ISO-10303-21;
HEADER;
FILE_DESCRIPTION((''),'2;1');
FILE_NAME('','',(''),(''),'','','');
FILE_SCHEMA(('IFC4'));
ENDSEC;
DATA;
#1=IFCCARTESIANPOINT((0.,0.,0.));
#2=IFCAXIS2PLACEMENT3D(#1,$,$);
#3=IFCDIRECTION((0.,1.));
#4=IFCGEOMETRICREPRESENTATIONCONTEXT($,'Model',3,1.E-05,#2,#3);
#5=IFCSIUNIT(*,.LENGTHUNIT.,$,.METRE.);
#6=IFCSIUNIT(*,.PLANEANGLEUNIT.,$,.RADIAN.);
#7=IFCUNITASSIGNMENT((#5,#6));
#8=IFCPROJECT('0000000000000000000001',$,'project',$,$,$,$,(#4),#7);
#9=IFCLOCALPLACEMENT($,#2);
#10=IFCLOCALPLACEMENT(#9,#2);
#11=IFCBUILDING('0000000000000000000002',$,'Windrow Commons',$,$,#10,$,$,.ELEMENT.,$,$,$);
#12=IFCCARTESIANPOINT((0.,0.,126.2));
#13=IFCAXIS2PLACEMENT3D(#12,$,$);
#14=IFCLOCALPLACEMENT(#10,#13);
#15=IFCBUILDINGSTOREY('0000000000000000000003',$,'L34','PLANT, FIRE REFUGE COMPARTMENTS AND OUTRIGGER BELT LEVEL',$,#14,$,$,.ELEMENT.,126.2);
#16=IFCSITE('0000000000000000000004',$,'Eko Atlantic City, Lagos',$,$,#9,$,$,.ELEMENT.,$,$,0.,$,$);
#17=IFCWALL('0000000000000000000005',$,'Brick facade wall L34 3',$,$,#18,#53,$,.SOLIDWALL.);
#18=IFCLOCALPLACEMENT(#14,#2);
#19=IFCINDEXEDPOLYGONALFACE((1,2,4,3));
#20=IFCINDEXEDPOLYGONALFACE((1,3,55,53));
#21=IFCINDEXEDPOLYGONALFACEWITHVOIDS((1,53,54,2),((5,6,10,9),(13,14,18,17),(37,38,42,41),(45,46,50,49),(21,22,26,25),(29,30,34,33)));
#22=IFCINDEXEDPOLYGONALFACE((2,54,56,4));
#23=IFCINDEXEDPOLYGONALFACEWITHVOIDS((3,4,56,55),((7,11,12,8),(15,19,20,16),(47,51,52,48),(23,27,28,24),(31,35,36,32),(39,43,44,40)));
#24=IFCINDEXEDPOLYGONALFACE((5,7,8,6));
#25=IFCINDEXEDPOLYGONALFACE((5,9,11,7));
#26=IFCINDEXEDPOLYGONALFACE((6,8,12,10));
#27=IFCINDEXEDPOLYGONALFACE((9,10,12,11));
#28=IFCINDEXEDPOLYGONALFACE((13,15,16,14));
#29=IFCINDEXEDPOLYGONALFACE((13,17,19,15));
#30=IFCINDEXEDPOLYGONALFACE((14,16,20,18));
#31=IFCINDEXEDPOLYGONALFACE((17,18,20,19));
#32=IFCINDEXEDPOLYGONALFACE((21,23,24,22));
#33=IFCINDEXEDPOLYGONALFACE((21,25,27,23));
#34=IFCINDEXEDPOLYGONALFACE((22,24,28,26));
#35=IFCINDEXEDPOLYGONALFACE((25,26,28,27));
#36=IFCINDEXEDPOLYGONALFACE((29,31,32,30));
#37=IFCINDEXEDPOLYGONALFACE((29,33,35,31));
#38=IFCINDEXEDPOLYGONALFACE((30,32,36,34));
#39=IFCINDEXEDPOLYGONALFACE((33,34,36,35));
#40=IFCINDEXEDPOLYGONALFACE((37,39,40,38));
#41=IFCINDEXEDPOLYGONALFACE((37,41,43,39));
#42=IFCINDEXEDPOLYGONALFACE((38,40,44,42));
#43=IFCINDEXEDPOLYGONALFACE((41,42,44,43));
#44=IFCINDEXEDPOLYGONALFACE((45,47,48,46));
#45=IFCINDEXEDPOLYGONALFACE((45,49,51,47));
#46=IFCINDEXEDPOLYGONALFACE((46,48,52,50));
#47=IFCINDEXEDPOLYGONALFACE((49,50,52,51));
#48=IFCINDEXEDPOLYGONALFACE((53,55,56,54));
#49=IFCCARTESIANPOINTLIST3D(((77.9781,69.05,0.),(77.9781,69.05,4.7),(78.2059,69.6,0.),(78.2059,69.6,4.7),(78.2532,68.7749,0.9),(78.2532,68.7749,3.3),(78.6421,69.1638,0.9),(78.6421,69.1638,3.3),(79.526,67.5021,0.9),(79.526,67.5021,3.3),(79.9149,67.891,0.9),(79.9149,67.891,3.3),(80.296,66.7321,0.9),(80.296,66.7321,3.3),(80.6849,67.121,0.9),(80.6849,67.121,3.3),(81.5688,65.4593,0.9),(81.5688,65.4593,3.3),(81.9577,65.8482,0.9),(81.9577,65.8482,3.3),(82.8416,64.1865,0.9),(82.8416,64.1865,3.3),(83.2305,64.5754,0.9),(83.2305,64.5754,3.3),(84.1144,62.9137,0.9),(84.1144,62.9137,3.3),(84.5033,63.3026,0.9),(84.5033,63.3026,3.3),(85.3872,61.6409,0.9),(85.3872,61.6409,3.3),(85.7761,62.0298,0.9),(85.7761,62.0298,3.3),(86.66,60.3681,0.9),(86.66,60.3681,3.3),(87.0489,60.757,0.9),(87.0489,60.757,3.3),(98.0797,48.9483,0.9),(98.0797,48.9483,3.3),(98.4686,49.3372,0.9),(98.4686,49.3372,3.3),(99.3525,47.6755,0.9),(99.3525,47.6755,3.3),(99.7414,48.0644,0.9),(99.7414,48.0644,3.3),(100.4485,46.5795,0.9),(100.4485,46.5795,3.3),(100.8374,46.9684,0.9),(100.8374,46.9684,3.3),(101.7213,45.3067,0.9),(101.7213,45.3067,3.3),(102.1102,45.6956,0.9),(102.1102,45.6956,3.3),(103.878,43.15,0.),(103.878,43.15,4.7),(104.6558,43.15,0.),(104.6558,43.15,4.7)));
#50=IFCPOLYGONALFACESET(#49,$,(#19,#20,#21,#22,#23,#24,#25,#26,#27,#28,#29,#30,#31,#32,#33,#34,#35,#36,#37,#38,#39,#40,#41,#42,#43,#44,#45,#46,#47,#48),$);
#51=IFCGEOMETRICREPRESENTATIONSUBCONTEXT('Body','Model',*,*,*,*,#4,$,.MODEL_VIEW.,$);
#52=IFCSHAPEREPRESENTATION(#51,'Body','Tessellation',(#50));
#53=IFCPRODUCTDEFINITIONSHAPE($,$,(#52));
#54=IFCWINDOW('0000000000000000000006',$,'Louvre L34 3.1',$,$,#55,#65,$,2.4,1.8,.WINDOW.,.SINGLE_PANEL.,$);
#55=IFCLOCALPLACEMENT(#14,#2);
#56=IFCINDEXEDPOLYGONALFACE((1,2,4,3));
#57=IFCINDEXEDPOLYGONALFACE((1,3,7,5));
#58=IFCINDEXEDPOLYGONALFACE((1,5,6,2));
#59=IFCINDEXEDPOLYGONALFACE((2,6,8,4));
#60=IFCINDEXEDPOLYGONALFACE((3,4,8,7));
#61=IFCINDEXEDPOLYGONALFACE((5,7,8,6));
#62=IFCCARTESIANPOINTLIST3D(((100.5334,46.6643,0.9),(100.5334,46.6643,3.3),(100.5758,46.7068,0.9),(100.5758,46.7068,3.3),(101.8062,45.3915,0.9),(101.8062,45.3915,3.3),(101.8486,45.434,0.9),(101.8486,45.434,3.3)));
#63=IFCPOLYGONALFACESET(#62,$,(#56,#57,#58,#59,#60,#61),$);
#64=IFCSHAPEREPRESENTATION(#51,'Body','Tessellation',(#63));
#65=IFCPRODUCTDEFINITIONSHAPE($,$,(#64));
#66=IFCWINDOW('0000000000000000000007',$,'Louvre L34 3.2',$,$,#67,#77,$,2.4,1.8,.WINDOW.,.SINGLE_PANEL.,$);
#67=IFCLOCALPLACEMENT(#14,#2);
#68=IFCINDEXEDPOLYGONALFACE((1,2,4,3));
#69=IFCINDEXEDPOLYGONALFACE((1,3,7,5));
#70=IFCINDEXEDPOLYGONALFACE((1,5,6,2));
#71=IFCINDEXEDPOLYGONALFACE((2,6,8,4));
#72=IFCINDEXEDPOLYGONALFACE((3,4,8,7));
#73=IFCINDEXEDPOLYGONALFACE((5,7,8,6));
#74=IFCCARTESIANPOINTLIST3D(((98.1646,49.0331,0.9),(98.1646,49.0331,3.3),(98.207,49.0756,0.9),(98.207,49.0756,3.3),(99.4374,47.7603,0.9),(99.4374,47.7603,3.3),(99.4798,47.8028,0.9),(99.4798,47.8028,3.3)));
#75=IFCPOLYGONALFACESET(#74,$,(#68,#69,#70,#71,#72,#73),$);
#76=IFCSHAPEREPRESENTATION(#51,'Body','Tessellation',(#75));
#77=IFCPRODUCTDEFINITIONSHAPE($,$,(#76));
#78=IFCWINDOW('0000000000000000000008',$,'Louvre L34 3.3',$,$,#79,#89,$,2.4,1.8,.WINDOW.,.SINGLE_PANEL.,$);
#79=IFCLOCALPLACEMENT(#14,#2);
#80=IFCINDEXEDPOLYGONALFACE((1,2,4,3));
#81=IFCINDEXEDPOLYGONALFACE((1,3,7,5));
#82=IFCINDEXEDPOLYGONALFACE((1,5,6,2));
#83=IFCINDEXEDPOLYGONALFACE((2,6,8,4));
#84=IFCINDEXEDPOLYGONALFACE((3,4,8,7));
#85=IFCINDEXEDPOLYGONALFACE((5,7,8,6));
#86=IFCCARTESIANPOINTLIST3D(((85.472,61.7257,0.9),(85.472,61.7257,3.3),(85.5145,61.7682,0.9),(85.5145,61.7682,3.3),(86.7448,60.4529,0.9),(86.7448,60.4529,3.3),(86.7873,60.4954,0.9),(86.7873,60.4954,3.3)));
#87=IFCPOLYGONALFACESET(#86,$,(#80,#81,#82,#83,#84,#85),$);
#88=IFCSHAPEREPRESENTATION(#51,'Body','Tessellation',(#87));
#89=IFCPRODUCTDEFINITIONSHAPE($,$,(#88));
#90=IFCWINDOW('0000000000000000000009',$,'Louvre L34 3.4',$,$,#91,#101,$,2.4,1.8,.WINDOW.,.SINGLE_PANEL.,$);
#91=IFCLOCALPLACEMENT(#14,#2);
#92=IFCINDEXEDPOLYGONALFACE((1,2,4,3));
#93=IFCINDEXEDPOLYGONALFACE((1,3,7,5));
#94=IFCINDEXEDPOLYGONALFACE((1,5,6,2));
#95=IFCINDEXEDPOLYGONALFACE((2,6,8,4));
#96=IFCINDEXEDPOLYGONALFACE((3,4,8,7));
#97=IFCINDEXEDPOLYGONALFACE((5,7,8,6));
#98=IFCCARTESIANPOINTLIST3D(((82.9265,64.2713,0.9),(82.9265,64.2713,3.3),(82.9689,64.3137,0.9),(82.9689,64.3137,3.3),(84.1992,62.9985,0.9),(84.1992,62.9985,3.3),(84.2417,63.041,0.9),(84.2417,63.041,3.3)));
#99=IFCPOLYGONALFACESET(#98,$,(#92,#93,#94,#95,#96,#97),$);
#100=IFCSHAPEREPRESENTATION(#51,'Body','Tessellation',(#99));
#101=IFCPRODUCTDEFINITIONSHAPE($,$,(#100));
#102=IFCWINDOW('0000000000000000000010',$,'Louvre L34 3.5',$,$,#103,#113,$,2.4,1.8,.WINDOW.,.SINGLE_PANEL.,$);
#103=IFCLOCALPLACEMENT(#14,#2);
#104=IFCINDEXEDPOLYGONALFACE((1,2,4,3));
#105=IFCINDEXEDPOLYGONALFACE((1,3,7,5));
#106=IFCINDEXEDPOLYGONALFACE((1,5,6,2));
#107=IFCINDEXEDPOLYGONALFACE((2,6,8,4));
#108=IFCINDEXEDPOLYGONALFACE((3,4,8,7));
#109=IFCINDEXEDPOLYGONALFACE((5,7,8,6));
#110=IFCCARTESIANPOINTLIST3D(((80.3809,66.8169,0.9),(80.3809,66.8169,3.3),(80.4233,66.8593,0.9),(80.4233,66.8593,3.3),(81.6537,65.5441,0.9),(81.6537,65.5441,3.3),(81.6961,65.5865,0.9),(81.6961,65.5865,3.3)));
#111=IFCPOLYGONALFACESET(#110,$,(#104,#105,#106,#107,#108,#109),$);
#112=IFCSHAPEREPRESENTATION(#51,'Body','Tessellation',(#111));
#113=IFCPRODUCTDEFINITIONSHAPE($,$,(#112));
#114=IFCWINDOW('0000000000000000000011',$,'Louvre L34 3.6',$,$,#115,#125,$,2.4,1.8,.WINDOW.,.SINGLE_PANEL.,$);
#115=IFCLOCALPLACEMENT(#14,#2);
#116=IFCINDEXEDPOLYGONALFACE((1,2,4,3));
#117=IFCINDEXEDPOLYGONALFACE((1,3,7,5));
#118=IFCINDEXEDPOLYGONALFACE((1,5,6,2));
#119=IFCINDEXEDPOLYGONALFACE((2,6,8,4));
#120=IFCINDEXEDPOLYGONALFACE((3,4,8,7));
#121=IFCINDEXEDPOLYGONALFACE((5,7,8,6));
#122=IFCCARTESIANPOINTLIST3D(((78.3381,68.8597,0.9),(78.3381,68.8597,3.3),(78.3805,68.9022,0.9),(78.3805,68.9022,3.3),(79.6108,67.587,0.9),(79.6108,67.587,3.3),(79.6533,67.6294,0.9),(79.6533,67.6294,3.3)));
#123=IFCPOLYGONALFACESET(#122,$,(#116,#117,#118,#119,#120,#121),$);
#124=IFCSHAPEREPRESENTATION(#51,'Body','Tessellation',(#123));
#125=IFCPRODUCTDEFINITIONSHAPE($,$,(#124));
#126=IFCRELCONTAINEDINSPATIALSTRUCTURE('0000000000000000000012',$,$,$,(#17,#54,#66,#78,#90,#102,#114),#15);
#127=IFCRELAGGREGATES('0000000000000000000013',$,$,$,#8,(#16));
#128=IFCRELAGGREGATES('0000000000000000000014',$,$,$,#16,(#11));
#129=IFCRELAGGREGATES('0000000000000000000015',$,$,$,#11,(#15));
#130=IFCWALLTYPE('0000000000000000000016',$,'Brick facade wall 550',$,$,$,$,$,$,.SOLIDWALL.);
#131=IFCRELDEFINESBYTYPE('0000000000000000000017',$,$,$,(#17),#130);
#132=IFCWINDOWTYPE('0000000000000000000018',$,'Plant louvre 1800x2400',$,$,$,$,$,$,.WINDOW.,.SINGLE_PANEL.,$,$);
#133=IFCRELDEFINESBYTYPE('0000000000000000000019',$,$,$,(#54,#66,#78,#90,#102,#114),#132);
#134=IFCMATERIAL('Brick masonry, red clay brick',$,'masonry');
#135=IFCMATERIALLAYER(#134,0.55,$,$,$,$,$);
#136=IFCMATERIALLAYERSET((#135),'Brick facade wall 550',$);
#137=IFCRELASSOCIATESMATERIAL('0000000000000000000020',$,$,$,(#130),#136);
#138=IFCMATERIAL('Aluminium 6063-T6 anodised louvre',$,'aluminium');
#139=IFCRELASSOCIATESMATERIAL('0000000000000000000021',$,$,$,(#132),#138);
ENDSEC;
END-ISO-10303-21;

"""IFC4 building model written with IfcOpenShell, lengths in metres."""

from ifc_helpers import new_model, si_unit, direction, frame, frame_2d, origin, place, context, subcontext, project, spatial, polyline, rectangle, outline, extrude, material, layer, layer_set, type_object, element, fill, save


model = new_model("IFC4")

# Units and contexts
model_context = context("Model", 3, precision=1e-05, world=origin(), true_north=direction((0.0, 1.0)))
body_context = subcontext(model_context, "Body", "Model", "MODEL_VIEW")
ifc_project = project(units=[si_unit("LENGTHUNIT", "METRE"), si_unit("PLANEANGLEUNIT", "RADIAN")], contexts=[model_context])

# Site, building, storey
site_placement = place(None, origin())
site = spatial("IfcSite", under=ifc_project, at=site_placement, Name="Eko Atlantic City, Lagos", CompositionType="ELEMENT", RefElevation=0.0)
building_placement = place(site_placement, origin())
building = spatial("IfcBuilding", under=site, at=building_placement, Name="Windrow Commons", CompositionType="ELEMENT")
storey_placement = place(building_placement, frame((0.0, 0.0, 126.2)))
storey = spatial("IfcBuildingStorey", under=building, at=storey_placement, Name="L34", Description="PLANT, FIRE REFUGE COMPARTMENTS AND OUTRIGGER BELT LEVEL", CompositionType="ELEMENT", Elevation=126.2)

# Shared definitions
ifc_material_1 = material(Name="Brick masonry, red clay brick", Category="masonry")
ifc_layer_1 = layer(ifc_material_1, 0.55)
ifc_layer_set_1 = layer_set([ifc_layer_1], Name="Brick facade wall 550")
wall_type_1 = type_object("IfcWallType", Name="Brick facade wall 550", PredefinedType="SOLIDWALL", material=ifc_layer_set_1)

# Wall, openings, windows
wall_1_placement = place(storey_placement, frame((104.2669, 43.15, 0.0), z_axis=(0.0, 0.0, 1.0), x_axis=(-0.707105, 0.707108, 0.0)))
wall_1 = element("IfcWall", 1, at=wall_1_placement, inside=storey, type_object=wall_type_1, Name="Brick facade wall L34 3", PredefinedType="SOLIDWALL", context=body_context, shape_type="SweptSolid", body=[
    extrude(outline(polyline([(-0.275, -0.275), (37.1309, -0.275), (36.9031, 0.275), (0.275, 0.275), (-0.275, -0.275)])), origin(), (0.0, 0.0, 1.0), 4.7),
])
opening_1_placement = place(wall_1_placement, frame((3.325, 0.0, 0.9)))
opening_1 = element("IfcOpeningElement", 2, at=opening_1_placement, cuts=wall_1, PredefinedType="OPENING", context=body_context, shape_type="SweptSolid", body=[
    extrude(rectangle(XDim=1.8, YDim=2.4, at=frame_2d((0.9, 1.2))), frame((0.0, 0.285, 0.0), z_axis=(0.0, -1.0, 0.0), x_axis=(1.0, 0.0, 0.0)), (0.0, 0.0, 1.0), 0.57),
])
opening_2_placement = place(wall_1_placement, frame((6.675, 0.0, 0.9)))
opening_2 = element("IfcOpeningElement", 3, at=opening_2_placement, cuts=wall_1, PredefinedType="OPENING", context=body_context, shape_type="SweptSolid", body=[
    extrude(rectangle(XDim=1.8, YDim=2.4, at=frame_2d((0.9, 1.2))), frame((0.0, 0.285, 0.0), z_axis=(0.0, -1.0, 0.0), x_axis=(1.0, 0.0, 0.0)), (0.0, 0.0, 1.0), 0.57),
])
opening_3_placement = place(wall_1_placement, frame((24.625, 0.0, 0.9)))
opening_3 = element("IfcOpeningElement", 4, at=opening_3_placement, cuts=wall_1, PredefinedType="OPENING", context=body_context, shape_type="SweptSolid", body=[
    extrude(rectangle(XDim=1.8, YDim=2.4, at=frame_2d((0.9, 1.2))), frame((0.0, 0.285, 0.0), z_axis=(0.0, -1.0, 0.0), x_axis=(1.0, 0.0, 0.0)), (0.0, 0.0, 1.0), 0.57),
])
opening_4_placement = place(wall_1_placement, frame((28.225, 0.0, 0.9)))
opening_4 = element("IfcOpeningElement", 5, at=opening_4_placement, cuts=wall_1, PredefinedType="OPENING", context=body_context, shape_type="SweptSolid", body=[
    extrude(rectangle(XDim=1.8, YDim=2.4, at=frame_2d((0.9, 1.2))), frame((0.0, 0.285, 0.0), z_axis=(0.0, -1.0, 0.0), x_axis=(1.0, 0.0, 0.0)), (0.0, 0.0, 1.0), 0.57),
])
opening_5_placement = place(wall_1_placement, frame((31.825, 0.0, 0.9)))
opening_5 = element("IfcOpeningElement", 6, at=opening_5_placement, cuts=wall_1, PredefinedType="OPENING", context=body_context, shape_type="SweptSolid", body=[
    extrude(rectangle(XDim=1.8, YDim=2.4, at=frame_2d((0.9, 1.2))), frame((0.0, 0.285, 0.0), z_axis=(0.0, -1.0, 0.0), x_axis=(1.0, 0.0, 0.0)), (0.0, 0.0, 1.0), 0.57),
])
opening_6_placement = place(wall_1_placement, frame((34.714, 0.0, 0.9)))
opening_6 = element("IfcOpeningElement", 7, at=opening_6_placement, cuts=wall_1, PredefinedType="OPENING", context=body_context, shape_type="SweptSolid", body=[
    extrude(rectangle(XDim=1.8, YDim=2.4, at=frame_2d((0.9, 1.2))), frame((0.0, 0.285, 0.0), z_axis=(0.0, -1.0, 0.0), x_axis=(1.0, 0.0, 0.0)), (0.0, 0.0, 1.0), 0.57),
])
ifc_material_2 = material(Name="Aluminium 6063-T6 anodised louvre", Category="aluminium")
window_type = type_object("IfcWindowType", Name="Plant louvre 1800x2400", PartitioningType="SINGLE_PANEL", PredefinedType="WINDOW", material=ifc_material_2)
window_1_placement = place(opening_1_placement, origin())
window_1 = element("IfcWindow", 8, at=window_1_placement, inside=storey, type_object=window_type, Name="Louvre L34 3.1", OverallHeight=2.4, OverallWidth=1.8, PartitioningType="SINGLE_PANEL", PredefinedType="WINDOW", context=body_context, shape_type="SweptSolid", body=[
    extrude(rectangle(XDim=1.8, YDim=2.4, at=frame_2d((0.9, 1.2))), frame((0.0, 0.155, 0.0), z_axis=(0.0, -1.0, 0.0), x_axis=(1.0, 0.0, 0.0)), (0.0, 0.0, 1.0), 0.06),
])
fill(opening_1, window_1)
window_2_placement = place(opening_2_placement, origin())
window_2 = element("IfcWindow", 9, at=window_2_placement, inside=storey, type_object=window_type, Name="Louvre L34 3.2", OverallHeight=2.4, OverallWidth=1.8, PartitioningType="SINGLE_PANEL", PredefinedType="WINDOW", context=body_context, shape_type="SweptSolid", body=[
    extrude(rectangle(XDim=1.8, YDim=2.4, at=frame_2d((0.9, 1.2))), frame((0.0, 0.155, 0.0), z_axis=(0.0, -1.0, 0.0), x_axis=(1.0, 0.0, 0.0)), (0.0, 0.0, 1.0), 0.06),
])
fill(opening_2, window_2)
window_3_placement = place(opening_3_placement, origin())
window_3 = element("IfcWindow", 10, at=window_3_placement, inside=storey, type_object=window_type, Name="Louvre L34 3.3", OverallHeight=2.4, OverallWidth=1.8, PartitioningType="SINGLE_PANEL", PredefinedType="WINDOW", context=body_context, shape_type="SweptSolid", body=[
    extrude(rectangle(XDim=1.8, YDim=2.4, at=frame_2d((0.9, 1.2))), frame((0.0, 0.155, 0.0), z_axis=(0.0, -1.0, 0.0), x_axis=(1.0, 0.0, 0.0)), (0.0, 0.0, 1.0), 0.06),
])
fill(opening_3, window_3)
window_4_placement = place(opening_4_placement, origin())
window_4 = element("IfcWindow", 11, at=window_4_placement, inside=storey, type_object=window_type, Name="Louvre L34 3.4", OverallHeight=2.4, OverallWidth=1.8, PartitioningType="SINGLE_PANEL", PredefinedType="WINDOW", context=body_context, shape_type="SweptSolid", body=[
    extrude(rectangle(XDim=1.8, YDim=2.4, at=frame_2d((0.9, 1.2))), frame((0.0, 0.155, 0.0), z_axis=(0.0, -1.0, 0.0), x_axis=(1.0, 0.0, 0.0)), (0.0, 0.0, 1.0), 0.06),
])
fill(opening_4, window_4)
window_5_placement = place(opening_5_placement, origin())
window_5 = element("IfcWindow", 12, at=window_5_placement, inside=storey, type_object=window_type, Name="Louvre L34 3.5", OverallHeight=2.4, OverallWidth=1.8, PartitioningType="SINGLE_PANEL", PredefinedType="WINDOW", context=body_context, shape_type="SweptSolid", body=[
    extrude(rectangle(XDim=1.8, YDim=2.4, at=frame_2d((0.9, 1.2))), frame((0.0, 0.155, 0.0), z_axis=(0.0, -1.0, 0.0), x_axis=(1.0, 0.0, 0.0)), (0.0, 0.0, 1.0), 0.06),
])
fill(opening_5, window_5)
window_6_placement = place(opening_6_placement, origin())
window_6 = element("IfcWindow", 13, at=window_6_placement, inside=storey, type_object=window_type, Name="Louvre L34 3.6", OverallHeight=2.4, OverallWidth=1.8, PartitioningType="SINGLE_PANEL", PredefinedType="WINDOW", context=body_context, shape_type="SweptSolid", body=[
    extrude(rectangle(XDim=1.8, YDim=2.4, at=frame_2d((0.9, 1.2))), frame((0.0, 0.155, 0.0), z_axis=(0.0, -1.0, 0.0), x_axis=(1.0, 0.0, 0.0)), (0.0, 0.0, 1.0), 0.06),
])
fill(opening_6, window_6)

save(model, "model.ifc")
